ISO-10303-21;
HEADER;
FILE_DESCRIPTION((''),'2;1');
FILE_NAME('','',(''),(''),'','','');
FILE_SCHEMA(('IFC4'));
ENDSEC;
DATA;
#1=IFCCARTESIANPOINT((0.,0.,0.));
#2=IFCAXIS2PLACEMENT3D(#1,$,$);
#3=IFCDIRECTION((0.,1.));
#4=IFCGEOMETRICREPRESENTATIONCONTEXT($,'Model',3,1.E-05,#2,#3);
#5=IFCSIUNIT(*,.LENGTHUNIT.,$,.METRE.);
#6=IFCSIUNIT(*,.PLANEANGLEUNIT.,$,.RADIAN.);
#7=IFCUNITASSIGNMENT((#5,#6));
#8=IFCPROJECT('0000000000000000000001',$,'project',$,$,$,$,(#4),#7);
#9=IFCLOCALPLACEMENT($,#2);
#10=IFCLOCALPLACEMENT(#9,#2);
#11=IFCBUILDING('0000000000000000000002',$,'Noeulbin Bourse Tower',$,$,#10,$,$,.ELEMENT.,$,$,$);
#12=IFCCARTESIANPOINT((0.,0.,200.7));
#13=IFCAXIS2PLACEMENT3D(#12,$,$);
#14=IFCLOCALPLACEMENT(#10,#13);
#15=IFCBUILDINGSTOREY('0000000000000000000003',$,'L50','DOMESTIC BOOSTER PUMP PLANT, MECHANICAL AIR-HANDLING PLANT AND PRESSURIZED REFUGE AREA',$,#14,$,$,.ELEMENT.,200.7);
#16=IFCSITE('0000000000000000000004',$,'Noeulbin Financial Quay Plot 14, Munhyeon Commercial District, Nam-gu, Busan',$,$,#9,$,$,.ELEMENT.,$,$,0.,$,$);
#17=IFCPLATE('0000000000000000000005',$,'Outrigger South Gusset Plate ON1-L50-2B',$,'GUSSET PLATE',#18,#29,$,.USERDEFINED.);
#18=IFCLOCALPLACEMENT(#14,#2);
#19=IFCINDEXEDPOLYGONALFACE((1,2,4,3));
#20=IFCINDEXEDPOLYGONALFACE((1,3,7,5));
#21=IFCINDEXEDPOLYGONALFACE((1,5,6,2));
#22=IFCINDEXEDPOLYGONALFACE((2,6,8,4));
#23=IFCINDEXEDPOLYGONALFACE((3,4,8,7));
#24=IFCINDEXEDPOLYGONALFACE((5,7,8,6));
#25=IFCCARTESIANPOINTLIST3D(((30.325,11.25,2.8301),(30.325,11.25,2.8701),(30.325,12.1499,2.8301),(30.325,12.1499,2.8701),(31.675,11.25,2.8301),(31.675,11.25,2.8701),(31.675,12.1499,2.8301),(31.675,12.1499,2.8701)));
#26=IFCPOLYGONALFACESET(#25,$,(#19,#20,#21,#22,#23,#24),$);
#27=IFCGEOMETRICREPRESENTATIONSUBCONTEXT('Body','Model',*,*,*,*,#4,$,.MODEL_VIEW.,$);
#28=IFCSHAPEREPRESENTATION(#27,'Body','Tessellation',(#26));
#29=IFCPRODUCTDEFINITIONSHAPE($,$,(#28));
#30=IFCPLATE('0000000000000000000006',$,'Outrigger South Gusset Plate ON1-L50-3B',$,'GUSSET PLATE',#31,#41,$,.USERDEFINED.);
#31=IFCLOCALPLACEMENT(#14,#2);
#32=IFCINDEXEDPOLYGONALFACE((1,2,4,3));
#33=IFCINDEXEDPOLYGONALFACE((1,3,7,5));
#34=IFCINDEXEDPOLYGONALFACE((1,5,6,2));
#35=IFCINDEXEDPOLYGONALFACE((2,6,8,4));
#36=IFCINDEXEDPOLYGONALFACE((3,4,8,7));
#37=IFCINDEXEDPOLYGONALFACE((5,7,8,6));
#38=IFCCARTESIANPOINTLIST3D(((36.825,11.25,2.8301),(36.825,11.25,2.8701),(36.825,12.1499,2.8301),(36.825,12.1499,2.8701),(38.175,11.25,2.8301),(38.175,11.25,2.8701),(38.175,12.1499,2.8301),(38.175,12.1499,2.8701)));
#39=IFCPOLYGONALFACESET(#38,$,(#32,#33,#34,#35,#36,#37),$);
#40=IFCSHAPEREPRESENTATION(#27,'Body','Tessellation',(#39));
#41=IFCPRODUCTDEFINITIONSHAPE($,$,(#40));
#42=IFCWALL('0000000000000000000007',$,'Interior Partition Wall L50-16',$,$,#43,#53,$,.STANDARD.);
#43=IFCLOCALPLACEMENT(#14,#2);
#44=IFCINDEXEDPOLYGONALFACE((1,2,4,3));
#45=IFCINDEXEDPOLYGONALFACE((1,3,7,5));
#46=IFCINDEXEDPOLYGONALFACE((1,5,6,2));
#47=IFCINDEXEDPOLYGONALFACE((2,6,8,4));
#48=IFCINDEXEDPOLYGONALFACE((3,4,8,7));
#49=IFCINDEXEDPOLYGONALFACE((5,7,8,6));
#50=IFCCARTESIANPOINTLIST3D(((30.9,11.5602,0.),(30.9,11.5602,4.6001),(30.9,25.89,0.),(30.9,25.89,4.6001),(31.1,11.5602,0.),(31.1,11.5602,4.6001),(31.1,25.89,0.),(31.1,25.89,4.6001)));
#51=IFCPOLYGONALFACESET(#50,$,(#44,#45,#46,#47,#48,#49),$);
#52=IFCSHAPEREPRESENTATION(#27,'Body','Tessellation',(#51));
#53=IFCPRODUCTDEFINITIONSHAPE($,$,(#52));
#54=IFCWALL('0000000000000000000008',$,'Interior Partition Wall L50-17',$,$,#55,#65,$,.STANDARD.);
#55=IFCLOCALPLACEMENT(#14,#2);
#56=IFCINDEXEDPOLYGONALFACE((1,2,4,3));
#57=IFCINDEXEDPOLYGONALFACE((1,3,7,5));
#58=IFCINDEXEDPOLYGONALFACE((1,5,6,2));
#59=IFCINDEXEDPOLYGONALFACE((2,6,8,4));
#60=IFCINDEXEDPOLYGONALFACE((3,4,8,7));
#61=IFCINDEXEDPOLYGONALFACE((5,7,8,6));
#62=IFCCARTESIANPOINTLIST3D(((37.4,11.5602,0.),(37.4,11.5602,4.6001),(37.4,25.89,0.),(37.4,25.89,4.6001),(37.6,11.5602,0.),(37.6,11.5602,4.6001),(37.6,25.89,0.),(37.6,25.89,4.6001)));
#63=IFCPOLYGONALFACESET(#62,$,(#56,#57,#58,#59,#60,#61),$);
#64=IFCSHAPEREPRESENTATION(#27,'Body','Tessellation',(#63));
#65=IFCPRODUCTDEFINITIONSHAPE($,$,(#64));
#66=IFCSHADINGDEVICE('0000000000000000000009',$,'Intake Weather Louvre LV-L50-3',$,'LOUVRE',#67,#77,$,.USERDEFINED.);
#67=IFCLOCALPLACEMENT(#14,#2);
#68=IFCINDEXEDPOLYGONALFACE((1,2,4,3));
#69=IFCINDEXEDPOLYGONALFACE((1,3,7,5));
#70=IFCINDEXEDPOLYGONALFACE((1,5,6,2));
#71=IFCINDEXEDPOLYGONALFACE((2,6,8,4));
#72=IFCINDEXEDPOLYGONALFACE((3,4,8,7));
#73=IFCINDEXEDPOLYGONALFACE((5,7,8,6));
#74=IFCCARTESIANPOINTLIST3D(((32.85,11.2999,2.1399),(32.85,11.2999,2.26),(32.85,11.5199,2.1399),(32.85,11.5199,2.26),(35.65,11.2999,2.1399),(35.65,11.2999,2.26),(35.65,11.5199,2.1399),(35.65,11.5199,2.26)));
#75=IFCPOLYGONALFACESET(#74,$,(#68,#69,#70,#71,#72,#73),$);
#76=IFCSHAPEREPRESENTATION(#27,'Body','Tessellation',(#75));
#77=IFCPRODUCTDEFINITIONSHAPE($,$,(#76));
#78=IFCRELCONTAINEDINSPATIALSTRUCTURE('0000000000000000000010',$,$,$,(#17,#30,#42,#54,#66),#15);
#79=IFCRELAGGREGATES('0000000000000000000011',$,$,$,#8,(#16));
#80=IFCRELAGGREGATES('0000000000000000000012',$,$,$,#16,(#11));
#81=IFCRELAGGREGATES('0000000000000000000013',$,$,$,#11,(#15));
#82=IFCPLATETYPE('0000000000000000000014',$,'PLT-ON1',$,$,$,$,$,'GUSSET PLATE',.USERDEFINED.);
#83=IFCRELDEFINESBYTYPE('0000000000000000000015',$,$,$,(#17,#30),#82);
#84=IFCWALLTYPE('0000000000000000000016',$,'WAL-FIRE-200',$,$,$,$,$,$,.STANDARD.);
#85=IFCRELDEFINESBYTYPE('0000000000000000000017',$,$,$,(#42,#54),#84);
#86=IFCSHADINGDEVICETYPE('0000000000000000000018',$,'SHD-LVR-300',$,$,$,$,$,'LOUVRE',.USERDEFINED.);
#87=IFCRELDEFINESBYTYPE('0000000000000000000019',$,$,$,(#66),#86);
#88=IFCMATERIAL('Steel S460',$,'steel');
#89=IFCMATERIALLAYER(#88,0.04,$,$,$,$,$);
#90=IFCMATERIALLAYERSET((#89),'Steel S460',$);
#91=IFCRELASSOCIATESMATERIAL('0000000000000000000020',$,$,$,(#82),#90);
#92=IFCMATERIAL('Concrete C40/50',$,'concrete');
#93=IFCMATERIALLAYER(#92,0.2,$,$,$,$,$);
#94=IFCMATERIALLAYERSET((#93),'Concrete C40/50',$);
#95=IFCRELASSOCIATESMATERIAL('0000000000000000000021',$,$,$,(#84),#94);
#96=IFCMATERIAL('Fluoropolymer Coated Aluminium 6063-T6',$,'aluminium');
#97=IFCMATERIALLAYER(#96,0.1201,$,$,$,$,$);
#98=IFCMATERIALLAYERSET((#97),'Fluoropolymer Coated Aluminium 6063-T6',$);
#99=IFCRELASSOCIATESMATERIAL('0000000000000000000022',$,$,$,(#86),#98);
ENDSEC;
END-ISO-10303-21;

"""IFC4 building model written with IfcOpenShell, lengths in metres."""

from ifc_helpers import new_model, si_unit, direction, frame, frame_2d, origin, origin_2d, place, context, subcontext, project, spatial, rectangle, extrude, material, layer, layer_set, type_object, element, save


model = new_model("IFC4")

# Units and contexts
model_context = context("Model", 3, precision=1e-05, world=origin(), true_north=direction((0.0, 1.0)))
body_context = subcontext(model_context, "Body", "Model", "MODEL_VIEW")
ifc_project = project(units=[si_unit("LENGTHUNIT", "METRE"), si_unit("PLANEANGLEUNIT", "RADIAN")], contexts=[model_context])

# Site, building, storey
site_placement = place(None, origin())
site = spatial("IfcSite", under=ifc_project, at=site_placement, Name="Noeulbin Financial Quay Plot 14, Munhyeon Commercial District, Nam-gu, Busan", CompositionType="ELEMENT", RefElevation=0.0)
building_placement = place(site_placement, origin())
building = spatial("IfcBuilding", under=site, at=building_placement, Name="Noeulbin Bourse Tower", CompositionType="ELEMENT")
storey_placement = place(building_placement, frame((0.0, 0.0, 200.7)))
storey = spatial("IfcBuildingStorey", under=building, at=storey_placement, Name="L50", Description="DOMESTIC BOOSTER PUMP PLANT, MECHANICAL AIR-HANDLING PLANT AND PRESSURIZED REFUGE AREA", CompositionType="ELEMENT", Elevation=200.7)

# Shared definitions
ifc_material_1 = material(Name="Steel S460", Category="steel")

# Plates
ifc_layer_1 = layer(ifc_material_1, 0.04)
ifc_layer_set_1 = layer_set([ifc_layer_1], Name="Steel S460")
plate_type_1 = type_object("IfcPlateType", Name="PLT-ON1", ElementType="GUSSET PLATE", PredefinedType="USERDEFINED", material=ifc_layer_set_1)
for number, where, z_axis, x_axis, name in (
    (1, (31.0, 11.7, 2.8301), (0.0, 0.0, 1.0), (1.0, 0.0, 0.0), "Outrigger South Gusset Plate ON1-L50-2B"),
    (2, (37.5, 11.7, 2.8301), (0.0, 0.0, 1.0), (1.0, 0.0, 0.0), "Outrigger South Gusset Plate ON1-L50-3B"),
):
    element("IfcPlate", number, at=place(storey_placement, frame(where, z_axis=z_axis, x_axis=x_axis)), inside=storey, type_object=plate_type_1, Name=name, ObjectType="GUSSET PLATE", PredefinedType="USERDEFINED", context=body_context, shape_type="SweptSolid", body=[
        extrude(rectangle(XDim=1.3501, YDim=0.8999, at=origin_2d()), origin(), (0.0, 0.0, 1.0), 0.04),
    ])

# Walls
ifc_material_2 = material(Name="Concrete C40/50", Category="concrete")
ifc_layer_2 = layer(ifc_material_2, 0.2)
ifc_layer_set_2 = layer_set([ifc_layer_2], Name="Concrete C40/50")
wall_type = type_object("IfcWallType", Name="WAL-FIRE-200", PredefinedType="STANDARD", material=ifc_layer_set_2)
for number, where, z_axis, x_axis, name in (
    (3, (31.0, 11.5601, 0.0), (0.0, 0.0, 1.0), (0.0, 1.0, 0.0), "Interior Partition Wall L50-16"),
    (4, (37.5, 11.5601, 0.0), (0.0, 0.0, 1.0), (0.0, 1.0, 0.0), "Interior Partition Wall L50-17"),
):
    element("IfcWall", number, at=place(storey_placement, frame(where, z_axis=z_axis, x_axis=x_axis)), inside=storey, type_object=wall_type, Name=name, PredefinedType="STANDARD", context=body_context, shape_type="SweptSolid", body=[
        extrude(rectangle(XDim=14.3298, YDim=0.2, at=frame_2d((7.165, 0.0))), origin(), (0.0, 0.0, 1.0), 4.6001),
    ])

# Shading device
ifc_material_3 = material(Name="Fluoropolymer Coated Aluminium 6063-T6", Category="aluminium")
ifc_layer_3 = layer(ifc_material_3, 0.1201)
ifc_layer_set_3 = layer_set([ifc_layer_3], Name="Fluoropolymer Coated Aluminium 6063-T6")
shading_device_type = type_object("IfcShadingDeviceType", Name="SHD-LVR-300", ElementType="LOUVRE", PredefinedType="USERDEFINED", material=ifc_layer_set_3)
shading_device_placement = place(storey_placement, frame((34.25, 11.4099, 2.1399), z_axis=(0.0, 0.0, 1.0), x_axis=(1.0, 0.0, 0.0)))
element("IfcShadingDevice", 5, at=shading_device_placement, inside=storey, type_object=shading_device_type, Name="Intake Weather Louvre LV-L50-3", ObjectType="LOUVRE", PredefinedType="USERDEFINED", context=body_context, shape_type="SweptSolid", body=[
    extrude(rectangle(XDim=2.8, YDim=0.22, at=origin_2d()), origin(), (0.0, 0.0, 1.0), 0.1201),
])

save(model, "model.ifc")
